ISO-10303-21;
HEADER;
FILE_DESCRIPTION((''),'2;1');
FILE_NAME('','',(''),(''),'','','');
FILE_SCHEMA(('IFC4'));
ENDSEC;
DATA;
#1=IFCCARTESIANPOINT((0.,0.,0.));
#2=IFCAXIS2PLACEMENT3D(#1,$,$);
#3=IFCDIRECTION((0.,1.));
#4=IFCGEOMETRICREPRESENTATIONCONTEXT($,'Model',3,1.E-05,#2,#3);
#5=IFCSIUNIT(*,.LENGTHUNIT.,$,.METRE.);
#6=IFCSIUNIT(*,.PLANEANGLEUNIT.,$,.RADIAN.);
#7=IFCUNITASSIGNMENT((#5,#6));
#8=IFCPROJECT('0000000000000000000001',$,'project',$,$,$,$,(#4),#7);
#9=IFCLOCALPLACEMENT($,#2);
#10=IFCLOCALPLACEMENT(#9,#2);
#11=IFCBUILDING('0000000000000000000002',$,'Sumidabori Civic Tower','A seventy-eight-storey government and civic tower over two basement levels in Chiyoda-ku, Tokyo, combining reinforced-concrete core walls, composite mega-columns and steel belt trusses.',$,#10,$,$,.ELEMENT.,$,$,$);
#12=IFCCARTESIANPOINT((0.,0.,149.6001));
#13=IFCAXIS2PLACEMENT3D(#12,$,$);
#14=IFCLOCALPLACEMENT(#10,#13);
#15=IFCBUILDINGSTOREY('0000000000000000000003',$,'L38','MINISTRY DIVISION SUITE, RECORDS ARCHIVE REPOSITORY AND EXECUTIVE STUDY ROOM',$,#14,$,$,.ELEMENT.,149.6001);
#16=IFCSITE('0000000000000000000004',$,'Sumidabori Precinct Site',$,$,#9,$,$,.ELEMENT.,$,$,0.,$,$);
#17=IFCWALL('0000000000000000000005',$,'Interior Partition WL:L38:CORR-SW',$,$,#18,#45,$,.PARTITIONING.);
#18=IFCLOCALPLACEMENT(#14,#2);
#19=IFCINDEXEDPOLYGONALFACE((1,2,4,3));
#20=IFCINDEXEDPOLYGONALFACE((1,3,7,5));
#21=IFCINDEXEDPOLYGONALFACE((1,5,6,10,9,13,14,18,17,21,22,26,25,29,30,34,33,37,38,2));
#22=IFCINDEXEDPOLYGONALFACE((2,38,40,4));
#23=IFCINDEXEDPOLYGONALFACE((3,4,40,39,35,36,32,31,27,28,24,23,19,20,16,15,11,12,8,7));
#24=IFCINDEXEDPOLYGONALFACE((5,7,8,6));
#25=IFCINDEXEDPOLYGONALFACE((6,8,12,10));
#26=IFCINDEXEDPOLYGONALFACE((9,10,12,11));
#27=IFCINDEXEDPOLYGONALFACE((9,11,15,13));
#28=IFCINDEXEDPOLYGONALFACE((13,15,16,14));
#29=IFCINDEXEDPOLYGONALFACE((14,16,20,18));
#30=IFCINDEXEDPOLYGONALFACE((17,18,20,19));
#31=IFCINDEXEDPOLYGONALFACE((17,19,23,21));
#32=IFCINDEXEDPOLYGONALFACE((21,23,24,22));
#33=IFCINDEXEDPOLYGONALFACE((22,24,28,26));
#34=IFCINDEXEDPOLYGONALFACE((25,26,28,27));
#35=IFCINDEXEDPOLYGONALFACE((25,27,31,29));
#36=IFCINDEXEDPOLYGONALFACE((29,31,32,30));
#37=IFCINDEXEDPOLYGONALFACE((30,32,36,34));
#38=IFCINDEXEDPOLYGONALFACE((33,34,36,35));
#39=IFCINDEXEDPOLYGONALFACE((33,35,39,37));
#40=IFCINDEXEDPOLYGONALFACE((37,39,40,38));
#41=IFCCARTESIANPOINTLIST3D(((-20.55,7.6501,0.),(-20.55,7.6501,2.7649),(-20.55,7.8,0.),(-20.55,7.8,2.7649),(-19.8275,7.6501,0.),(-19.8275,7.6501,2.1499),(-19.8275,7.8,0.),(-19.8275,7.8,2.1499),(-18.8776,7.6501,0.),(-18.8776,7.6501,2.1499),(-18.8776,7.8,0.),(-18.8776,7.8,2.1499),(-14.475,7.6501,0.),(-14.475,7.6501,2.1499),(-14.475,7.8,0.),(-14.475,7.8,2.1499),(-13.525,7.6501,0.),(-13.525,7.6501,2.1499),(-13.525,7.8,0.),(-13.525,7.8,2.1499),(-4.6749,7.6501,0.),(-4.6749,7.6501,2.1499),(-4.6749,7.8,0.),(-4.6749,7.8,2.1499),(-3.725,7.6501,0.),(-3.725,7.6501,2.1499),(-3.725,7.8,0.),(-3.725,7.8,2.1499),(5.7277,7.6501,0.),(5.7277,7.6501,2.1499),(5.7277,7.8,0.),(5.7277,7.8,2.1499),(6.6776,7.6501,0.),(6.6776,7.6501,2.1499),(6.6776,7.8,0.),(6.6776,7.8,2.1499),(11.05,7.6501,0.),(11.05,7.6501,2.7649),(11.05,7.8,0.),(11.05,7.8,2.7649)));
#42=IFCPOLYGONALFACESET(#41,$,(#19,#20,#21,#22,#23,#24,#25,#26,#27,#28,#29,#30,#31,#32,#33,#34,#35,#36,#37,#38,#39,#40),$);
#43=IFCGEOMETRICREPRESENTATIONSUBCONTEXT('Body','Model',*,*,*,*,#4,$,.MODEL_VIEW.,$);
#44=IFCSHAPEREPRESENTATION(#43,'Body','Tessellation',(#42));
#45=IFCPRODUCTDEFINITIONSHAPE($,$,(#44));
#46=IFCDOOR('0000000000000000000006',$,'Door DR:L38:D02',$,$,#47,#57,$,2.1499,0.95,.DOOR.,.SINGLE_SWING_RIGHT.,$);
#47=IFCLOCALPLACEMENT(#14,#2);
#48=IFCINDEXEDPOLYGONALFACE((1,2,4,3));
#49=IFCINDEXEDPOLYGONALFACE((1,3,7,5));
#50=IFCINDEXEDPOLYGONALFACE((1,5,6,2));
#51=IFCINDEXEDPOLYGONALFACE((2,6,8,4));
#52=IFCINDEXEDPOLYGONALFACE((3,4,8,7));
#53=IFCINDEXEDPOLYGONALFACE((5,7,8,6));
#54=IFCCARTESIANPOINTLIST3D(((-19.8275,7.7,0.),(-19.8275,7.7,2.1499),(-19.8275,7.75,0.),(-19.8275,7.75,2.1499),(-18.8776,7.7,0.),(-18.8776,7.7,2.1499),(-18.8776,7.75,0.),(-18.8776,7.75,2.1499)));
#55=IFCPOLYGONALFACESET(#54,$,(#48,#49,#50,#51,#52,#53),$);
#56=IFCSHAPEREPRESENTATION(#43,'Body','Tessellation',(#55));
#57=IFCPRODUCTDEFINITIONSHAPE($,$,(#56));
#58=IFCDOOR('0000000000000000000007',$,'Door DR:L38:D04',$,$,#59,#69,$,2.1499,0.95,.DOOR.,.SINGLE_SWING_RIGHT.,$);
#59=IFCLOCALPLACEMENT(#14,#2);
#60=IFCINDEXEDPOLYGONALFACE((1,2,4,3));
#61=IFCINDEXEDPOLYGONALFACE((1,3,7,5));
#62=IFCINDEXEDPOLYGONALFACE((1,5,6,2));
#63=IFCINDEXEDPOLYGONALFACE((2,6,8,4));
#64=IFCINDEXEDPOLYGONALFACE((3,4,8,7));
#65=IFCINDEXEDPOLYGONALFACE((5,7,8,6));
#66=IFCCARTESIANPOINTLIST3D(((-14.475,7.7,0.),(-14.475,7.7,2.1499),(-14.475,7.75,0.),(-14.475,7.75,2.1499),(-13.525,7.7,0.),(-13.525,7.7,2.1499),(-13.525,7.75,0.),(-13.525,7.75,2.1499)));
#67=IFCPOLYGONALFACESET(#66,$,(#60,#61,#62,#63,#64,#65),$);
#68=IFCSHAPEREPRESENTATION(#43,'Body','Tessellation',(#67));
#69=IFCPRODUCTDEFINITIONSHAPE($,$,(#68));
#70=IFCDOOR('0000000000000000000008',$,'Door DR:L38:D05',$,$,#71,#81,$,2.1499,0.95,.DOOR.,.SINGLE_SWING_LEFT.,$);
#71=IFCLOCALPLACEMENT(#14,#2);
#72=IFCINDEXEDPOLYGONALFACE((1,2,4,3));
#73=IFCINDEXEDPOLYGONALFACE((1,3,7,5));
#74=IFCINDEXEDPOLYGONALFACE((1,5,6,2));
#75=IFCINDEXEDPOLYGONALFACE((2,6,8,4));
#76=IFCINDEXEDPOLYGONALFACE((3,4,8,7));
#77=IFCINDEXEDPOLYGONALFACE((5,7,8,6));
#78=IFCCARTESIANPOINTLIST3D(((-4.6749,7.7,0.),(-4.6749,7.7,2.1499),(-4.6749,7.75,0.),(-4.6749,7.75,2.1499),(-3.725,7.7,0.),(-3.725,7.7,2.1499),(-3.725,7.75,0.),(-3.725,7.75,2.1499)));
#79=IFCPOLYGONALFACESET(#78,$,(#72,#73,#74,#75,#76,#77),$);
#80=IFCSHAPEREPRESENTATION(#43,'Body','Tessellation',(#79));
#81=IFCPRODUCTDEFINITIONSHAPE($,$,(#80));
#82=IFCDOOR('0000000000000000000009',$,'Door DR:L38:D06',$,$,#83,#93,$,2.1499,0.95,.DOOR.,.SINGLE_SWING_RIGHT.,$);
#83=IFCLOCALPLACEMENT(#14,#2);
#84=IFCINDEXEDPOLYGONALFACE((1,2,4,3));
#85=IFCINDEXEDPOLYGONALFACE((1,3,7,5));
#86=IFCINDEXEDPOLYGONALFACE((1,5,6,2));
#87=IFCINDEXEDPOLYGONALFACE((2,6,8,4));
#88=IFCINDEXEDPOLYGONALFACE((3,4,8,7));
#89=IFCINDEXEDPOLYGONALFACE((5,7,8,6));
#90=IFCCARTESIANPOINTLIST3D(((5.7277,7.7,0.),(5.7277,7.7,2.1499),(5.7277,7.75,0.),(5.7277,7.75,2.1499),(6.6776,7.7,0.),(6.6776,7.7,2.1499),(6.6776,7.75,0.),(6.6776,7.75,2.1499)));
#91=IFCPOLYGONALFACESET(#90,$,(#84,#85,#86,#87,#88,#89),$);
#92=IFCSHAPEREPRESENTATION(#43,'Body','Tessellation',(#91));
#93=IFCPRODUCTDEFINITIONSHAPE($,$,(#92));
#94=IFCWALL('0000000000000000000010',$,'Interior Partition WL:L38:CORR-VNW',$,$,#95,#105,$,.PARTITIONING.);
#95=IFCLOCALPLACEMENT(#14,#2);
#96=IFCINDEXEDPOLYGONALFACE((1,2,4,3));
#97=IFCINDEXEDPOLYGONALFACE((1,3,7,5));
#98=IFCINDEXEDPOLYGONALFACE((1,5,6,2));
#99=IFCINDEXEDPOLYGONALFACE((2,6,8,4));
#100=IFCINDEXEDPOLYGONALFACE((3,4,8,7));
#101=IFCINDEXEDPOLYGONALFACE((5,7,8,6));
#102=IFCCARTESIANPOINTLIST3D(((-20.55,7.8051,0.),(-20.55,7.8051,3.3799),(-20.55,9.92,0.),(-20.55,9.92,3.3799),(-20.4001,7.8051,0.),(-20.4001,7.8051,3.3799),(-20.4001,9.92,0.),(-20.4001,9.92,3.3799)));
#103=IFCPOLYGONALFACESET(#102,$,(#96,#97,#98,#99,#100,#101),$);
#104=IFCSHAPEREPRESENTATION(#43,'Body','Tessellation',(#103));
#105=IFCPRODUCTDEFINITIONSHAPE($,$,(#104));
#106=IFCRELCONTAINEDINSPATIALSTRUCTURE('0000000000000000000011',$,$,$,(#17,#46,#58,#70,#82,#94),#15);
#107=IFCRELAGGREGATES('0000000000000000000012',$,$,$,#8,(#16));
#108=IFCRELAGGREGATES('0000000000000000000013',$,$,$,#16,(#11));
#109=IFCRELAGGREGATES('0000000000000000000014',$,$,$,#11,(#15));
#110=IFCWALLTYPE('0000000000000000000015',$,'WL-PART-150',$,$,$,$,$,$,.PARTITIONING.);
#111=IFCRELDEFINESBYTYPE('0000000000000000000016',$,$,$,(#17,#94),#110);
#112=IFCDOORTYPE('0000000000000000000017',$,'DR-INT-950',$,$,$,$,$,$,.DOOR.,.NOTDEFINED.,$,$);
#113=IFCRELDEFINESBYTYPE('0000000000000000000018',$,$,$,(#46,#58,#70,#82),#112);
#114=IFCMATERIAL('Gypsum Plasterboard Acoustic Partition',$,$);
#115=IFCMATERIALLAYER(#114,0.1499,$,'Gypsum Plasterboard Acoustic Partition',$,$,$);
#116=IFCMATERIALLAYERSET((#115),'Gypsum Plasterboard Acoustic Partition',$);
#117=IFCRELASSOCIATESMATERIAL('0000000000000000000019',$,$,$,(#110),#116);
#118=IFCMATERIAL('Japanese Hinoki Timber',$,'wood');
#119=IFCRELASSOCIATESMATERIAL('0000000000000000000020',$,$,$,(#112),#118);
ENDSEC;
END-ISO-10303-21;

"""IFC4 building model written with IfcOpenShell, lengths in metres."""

from ifc_helpers import new_model, si_unit, direction, frame, frame_2d, origin, place, context, subcontext, project, spatial, rectangle, extrude, source, transform, mapped, material, layer, layer_set, type_object, element, fill, save


model = new_model("IFC4")

# Units and contexts
model_context = context("Model", 3, precision=1e-05, world=origin(), true_north=direction((0.0, 1.0)))
body_context = subcontext(model_context, "Body", "Model", "MODEL_VIEW")
ifc_project = project(units=[si_unit("LENGTHUNIT", "METRE"), si_unit("PLANEANGLEUNIT", "RADIAN")], contexts=[model_context])

# Site, building, storey
site_placement = place(None, origin())
site = spatial("IfcSite", under=ifc_project, at=site_placement, Name="Sumidabori Precinct Site", CompositionType="ELEMENT", RefElevation=0.0)
building_placement = place(site_placement, origin())
building = spatial("IfcBuilding", under=site, at=building_placement, Name="Sumidabori Civic Tower", Description="A seventy-eight-storey government and civic tower over two basement levels in Chiyoda-ku, Tokyo, combining reinforced-concrete core walls, composite mega-columns and steel belt trusses.", CompositionType="ELEMENT")
storey_placement = place(building_placement, frame((0.0, 0.0, 149.6001)))
storey = spatial("IfcBuildingStorey", under=building, at=storey_placement, Name="L38", Description="MINISTRY DIVISION SUITE, RECORDS ARCHIVE REPOSITORY AND EXECUTIVE STUDY ROOM", CompositionType="ELEMENT", Elevation=149.6001)

# Wall, openings, doors
ifc_material_1 = material(Name="Gypsum Plasterboard Acoustic Partition")
ifc_layer_1 = layer(ifc_material_1, 0.1499, Name="Gypsum Plasterboard Acoustic Partition")
ifc_layer_set_1 = layer_set([ifc_layer_1], Name="Gypsum Plasterboard Acoustic Partition")
wall_type_1 = type_object("IfcWallType", Name="WL-PART-150", PredefinedType="PARTITIONING", material=ifc_layer_set_1)
shared_shape_1 = source(origin(), body_context, "Body", "SweptSolid", [
    extrude(rectangle(XDim=31.6001, YDim=0.1499, at=frame_2d((15.8, 0.0))), origin(), (0.0, 0.0, 1.0), 2.7649),
])
wall_1_placement = place(storey_placement, frame((-20.55, 7.7251, 0.0), z_axis=(0.0, 0.0, 1.0), x_axis=(1.0, 0.0, 0.0)))
wall_1 = element("IfcWall", 1, at=wall_1_placement, inside=storey, type_object=wall_type_1, Name="Interior Partition WL:L38:CORR-SW", PredefinedType="PARTITIONING", context=body_context, shape_type="MappedRepresentation", body=[
    mapped(shared_shape_1, transform((0.0, 0.0, 0.0), x_axis=(1.0, 0.0, 0.0), y_axis=(0.0, 1.0, 0.0), z_axis=(0.0, 0.0, 1.0), scale=1.0)),
])
opening_1_placement = place(wall_1_placement, frame((0.7224, 0.0, 0.0)))
opening_1 = element("IfcOpeningElement", 2, at=opening_1_placement, cuts=wall_1, PredefinedType="OPENING", context=body_context, shape_type="SweptSolid", body=[
    extrude(rectangle(XDim=0.95, YDim=2.1499, at=frame_2d((0.4751, 1.075))), frame((0.0, 0.0869, 0.0), z_axis=(0.0, -1.0, 0.0), x_axis=(1.0, 0.0, 0.0)), (0.0, 0.0, 1.0), 0.1738),
])
opening_2_placement = place(wall_1_placement, frame((6.075, 0.0, 0.0)))
opening_2 = element("IfcOpeningElement", 3, at=opening_2_placement, cuts=wall_1, PredefinedType="OPENING", context=body_context, shape_type="SweptSolid", body=[
    extrude(rectangle(XDim=0.95, YDim=2.1499, at=frame_2d((0.4751, 1.075))), frame((0.0, 0.0869, 0.0), z_axis=(0.0, -1.0, 0.0), x_axis=(1.0, 0.0, 0.0)), (0.0, 0.0, 1.0), 0.1738),
])
opening_3_placement = place(wall_1_placement, frame((15.875, 0.0, 0.0)))
opening_3 = element("IfcOpeningElement", 4, at=opening_3_placement, cuts=wall_1, PredefinedType="OPENING", context=body_context, shape_type="SweptSolid", body=[
    extrude(rectangle(XDim=0.95, YDim=2.1499, at=frame_2d((0.4751, 1.075))), frame((0.0, 0.0869, 0.0), z_axis=(0.0, -1.0, 0.0), x_axis=(1.0, 0.0, 0.0)), (0.0, 0.0, 1.0), 0.1738),
])
opening_4_placement = place(wall_1_placement, frame((26.2776, 0.0, 0.0)))
opening_4 = element("IfcOpeningElement", 5, at=opening_4_placement, cuts=wall_1, PredefinedType="OPENING", context=body_context, shape_type="SweptSolid", body=[
    extrude(rectangle(XDim=0.95, YDim=2.1499, at=frame_2d((0.4751, 1.075))), frame((0.0, 0.0869, 0.0), z_axis=(0.0, -1.0, 0.0), x_axis=(1.0, 0.0, 0.0)), (0.0, 0.0, 1.0), 0.1738),
])
ifc_material_2 = material(Name="Japanese Hinoki Timber", Category="wood")
door_type_1 = type_object("IfcDoorType", Name="DR-INT-950", OperationType="NOTDEFINED", PredefinedType="DOOR", material=ifc_material_2)
shared_shape_2 = source(origin(), body_context, "Body", "SweptSolid", [
    extrude(rectangle(XDim=0.95, YDim=2.1499, at=frame_2d((0.4751, 1.075))), frame((0.0, 0.0249, 0.0), z_axis=(0.0, -1.0, 0.0), x_axis=(1.0, 0.0, 0.0)), (0.0, 0.0, 1.0), 0.05),
])
door_1_placement = place(opening_1_placement, origin())
door_1 = element("IfcDoor", 6, at=door_1_placement, inside=storey, type_object=door_type_1, Name="Door DR:L38:D02", OperationType="SINGLE_SWING_RIGHT", OverallHeight=2.1499, OverallWidth=0.95, PredefinedType="DOOR", context=body_context, shape_type="MappedRepresentation", body=[
    mapped(shared_shape_2, transform((0.0, 0.0, 0.0), x_axis=(1.0, 0.0, 0.0), y_axis=(0.0, 1.0, 0.0), z_axis=(0.0, 0.0, 1.0), scale=1.0)),
])
fill(opening_1, door_1)
door_2_placement = place(opening_2_placement, origin())
door_2 = element("IfcDoor", 7, at=door_2_placement, inside=storey, type_object=door_type_1, Name="Door DR:L38:D04", OperationType="SINGLE_SWING_RIGHT", OverallHeight=2.1499, OverallWidth=0.95, PredefinedType="DOOR", context=body_context, shape_type="MappedRepresentation", body=[
    mapped(shared_shape_2, transform((0.0, 0.0, 0.0), x_axis=(1.0, 0.0, 0.0), y_axis=(0.0, 1.0, 0.0), z_axis=(0.0, 0.0, 1.0), scale=1.0)),
])
fill(opening_2, door_2)
door_3_placement = place(opening_3_placement, origin())
door_3 = element("IfcDoor", 8, at=door_3_placement, inside=storey, type_object=door_type_1, Name="Door DR:L38:D05", OperationType="SINGLE_SWING_LEFT", OverallHeight=2.1499, OverallWidth=0.95, PredefinedType="DOOR", context=body_context, shape_type="MappedRepresentation", body=[
    mapped(shared_shape_2, transform((0.0, 0.0, 0.0), x_axis=(1.0, 0.0, 0.0), y_axis=(0.0, 1.0, 0.0), z_axis=(0.0, 0.0, 1.0), scale=1.0)),
])
fill(opening_3, door_3)
door_4_placement = place(opening_4_placement, origin())
door_4 = element("IfcDoor", 9, at=door_4_placement, inside=storey, type_object=door_type_1, Name="Door DR:L38:D06", OperationType="SINGLE_SWING_RIGHT", OverallHeight=2.1499, OverallWidth=0.95, PredefinedType="DOOR", context=body_context, shape_type="MappedRepresentation", body=[
    mapped(shared_shape_2, transform((0.0, 0.0, 0.0), x_axis=(1.0, 0.0, 0.0), y_axis=(0.0, 1.0, 0.0), z_axis=(0.0, 0.0, 1.0), scale=1.0)),
])
fill(opening_4, door_4)

# Wall
shared_shape_3 = source(origin(), body_context, "Body", "SweptSolid", [
    extrude(rectangle(XDim=2.115, YDim=0.1499, at=frame_2d((1.0576, 0.0))), origin(), (0.0, 0.0, 1.0), 3.3799),
])
wall_2_placement = place(storey_placement, frame((-20.4751, 7.8049, 0.0), z_axis=(0.0, 0.0, 1.0), x_axis=(0.0, 1.0, 0.0)))
element("IfcWall", 10, at=wall_2_placement, inside=storey, type_object=wall_type_1, Name="Interior Partition WL:L38:CORR-VNW", PredefinedType="PARTITIONING", context=body_context, shape_type="MappedRepresentation", body=[
    mapped(shared_shape_3, transform((0.0, 0.0, 0.0), x_axis=(1.0, 0.0, 0.0), y_axis=(0.0, 1.0, 0.0), z_axis=(0.0, 0.0, 1.0), scale=1.0)),
])

save(model, "model.ifc")
